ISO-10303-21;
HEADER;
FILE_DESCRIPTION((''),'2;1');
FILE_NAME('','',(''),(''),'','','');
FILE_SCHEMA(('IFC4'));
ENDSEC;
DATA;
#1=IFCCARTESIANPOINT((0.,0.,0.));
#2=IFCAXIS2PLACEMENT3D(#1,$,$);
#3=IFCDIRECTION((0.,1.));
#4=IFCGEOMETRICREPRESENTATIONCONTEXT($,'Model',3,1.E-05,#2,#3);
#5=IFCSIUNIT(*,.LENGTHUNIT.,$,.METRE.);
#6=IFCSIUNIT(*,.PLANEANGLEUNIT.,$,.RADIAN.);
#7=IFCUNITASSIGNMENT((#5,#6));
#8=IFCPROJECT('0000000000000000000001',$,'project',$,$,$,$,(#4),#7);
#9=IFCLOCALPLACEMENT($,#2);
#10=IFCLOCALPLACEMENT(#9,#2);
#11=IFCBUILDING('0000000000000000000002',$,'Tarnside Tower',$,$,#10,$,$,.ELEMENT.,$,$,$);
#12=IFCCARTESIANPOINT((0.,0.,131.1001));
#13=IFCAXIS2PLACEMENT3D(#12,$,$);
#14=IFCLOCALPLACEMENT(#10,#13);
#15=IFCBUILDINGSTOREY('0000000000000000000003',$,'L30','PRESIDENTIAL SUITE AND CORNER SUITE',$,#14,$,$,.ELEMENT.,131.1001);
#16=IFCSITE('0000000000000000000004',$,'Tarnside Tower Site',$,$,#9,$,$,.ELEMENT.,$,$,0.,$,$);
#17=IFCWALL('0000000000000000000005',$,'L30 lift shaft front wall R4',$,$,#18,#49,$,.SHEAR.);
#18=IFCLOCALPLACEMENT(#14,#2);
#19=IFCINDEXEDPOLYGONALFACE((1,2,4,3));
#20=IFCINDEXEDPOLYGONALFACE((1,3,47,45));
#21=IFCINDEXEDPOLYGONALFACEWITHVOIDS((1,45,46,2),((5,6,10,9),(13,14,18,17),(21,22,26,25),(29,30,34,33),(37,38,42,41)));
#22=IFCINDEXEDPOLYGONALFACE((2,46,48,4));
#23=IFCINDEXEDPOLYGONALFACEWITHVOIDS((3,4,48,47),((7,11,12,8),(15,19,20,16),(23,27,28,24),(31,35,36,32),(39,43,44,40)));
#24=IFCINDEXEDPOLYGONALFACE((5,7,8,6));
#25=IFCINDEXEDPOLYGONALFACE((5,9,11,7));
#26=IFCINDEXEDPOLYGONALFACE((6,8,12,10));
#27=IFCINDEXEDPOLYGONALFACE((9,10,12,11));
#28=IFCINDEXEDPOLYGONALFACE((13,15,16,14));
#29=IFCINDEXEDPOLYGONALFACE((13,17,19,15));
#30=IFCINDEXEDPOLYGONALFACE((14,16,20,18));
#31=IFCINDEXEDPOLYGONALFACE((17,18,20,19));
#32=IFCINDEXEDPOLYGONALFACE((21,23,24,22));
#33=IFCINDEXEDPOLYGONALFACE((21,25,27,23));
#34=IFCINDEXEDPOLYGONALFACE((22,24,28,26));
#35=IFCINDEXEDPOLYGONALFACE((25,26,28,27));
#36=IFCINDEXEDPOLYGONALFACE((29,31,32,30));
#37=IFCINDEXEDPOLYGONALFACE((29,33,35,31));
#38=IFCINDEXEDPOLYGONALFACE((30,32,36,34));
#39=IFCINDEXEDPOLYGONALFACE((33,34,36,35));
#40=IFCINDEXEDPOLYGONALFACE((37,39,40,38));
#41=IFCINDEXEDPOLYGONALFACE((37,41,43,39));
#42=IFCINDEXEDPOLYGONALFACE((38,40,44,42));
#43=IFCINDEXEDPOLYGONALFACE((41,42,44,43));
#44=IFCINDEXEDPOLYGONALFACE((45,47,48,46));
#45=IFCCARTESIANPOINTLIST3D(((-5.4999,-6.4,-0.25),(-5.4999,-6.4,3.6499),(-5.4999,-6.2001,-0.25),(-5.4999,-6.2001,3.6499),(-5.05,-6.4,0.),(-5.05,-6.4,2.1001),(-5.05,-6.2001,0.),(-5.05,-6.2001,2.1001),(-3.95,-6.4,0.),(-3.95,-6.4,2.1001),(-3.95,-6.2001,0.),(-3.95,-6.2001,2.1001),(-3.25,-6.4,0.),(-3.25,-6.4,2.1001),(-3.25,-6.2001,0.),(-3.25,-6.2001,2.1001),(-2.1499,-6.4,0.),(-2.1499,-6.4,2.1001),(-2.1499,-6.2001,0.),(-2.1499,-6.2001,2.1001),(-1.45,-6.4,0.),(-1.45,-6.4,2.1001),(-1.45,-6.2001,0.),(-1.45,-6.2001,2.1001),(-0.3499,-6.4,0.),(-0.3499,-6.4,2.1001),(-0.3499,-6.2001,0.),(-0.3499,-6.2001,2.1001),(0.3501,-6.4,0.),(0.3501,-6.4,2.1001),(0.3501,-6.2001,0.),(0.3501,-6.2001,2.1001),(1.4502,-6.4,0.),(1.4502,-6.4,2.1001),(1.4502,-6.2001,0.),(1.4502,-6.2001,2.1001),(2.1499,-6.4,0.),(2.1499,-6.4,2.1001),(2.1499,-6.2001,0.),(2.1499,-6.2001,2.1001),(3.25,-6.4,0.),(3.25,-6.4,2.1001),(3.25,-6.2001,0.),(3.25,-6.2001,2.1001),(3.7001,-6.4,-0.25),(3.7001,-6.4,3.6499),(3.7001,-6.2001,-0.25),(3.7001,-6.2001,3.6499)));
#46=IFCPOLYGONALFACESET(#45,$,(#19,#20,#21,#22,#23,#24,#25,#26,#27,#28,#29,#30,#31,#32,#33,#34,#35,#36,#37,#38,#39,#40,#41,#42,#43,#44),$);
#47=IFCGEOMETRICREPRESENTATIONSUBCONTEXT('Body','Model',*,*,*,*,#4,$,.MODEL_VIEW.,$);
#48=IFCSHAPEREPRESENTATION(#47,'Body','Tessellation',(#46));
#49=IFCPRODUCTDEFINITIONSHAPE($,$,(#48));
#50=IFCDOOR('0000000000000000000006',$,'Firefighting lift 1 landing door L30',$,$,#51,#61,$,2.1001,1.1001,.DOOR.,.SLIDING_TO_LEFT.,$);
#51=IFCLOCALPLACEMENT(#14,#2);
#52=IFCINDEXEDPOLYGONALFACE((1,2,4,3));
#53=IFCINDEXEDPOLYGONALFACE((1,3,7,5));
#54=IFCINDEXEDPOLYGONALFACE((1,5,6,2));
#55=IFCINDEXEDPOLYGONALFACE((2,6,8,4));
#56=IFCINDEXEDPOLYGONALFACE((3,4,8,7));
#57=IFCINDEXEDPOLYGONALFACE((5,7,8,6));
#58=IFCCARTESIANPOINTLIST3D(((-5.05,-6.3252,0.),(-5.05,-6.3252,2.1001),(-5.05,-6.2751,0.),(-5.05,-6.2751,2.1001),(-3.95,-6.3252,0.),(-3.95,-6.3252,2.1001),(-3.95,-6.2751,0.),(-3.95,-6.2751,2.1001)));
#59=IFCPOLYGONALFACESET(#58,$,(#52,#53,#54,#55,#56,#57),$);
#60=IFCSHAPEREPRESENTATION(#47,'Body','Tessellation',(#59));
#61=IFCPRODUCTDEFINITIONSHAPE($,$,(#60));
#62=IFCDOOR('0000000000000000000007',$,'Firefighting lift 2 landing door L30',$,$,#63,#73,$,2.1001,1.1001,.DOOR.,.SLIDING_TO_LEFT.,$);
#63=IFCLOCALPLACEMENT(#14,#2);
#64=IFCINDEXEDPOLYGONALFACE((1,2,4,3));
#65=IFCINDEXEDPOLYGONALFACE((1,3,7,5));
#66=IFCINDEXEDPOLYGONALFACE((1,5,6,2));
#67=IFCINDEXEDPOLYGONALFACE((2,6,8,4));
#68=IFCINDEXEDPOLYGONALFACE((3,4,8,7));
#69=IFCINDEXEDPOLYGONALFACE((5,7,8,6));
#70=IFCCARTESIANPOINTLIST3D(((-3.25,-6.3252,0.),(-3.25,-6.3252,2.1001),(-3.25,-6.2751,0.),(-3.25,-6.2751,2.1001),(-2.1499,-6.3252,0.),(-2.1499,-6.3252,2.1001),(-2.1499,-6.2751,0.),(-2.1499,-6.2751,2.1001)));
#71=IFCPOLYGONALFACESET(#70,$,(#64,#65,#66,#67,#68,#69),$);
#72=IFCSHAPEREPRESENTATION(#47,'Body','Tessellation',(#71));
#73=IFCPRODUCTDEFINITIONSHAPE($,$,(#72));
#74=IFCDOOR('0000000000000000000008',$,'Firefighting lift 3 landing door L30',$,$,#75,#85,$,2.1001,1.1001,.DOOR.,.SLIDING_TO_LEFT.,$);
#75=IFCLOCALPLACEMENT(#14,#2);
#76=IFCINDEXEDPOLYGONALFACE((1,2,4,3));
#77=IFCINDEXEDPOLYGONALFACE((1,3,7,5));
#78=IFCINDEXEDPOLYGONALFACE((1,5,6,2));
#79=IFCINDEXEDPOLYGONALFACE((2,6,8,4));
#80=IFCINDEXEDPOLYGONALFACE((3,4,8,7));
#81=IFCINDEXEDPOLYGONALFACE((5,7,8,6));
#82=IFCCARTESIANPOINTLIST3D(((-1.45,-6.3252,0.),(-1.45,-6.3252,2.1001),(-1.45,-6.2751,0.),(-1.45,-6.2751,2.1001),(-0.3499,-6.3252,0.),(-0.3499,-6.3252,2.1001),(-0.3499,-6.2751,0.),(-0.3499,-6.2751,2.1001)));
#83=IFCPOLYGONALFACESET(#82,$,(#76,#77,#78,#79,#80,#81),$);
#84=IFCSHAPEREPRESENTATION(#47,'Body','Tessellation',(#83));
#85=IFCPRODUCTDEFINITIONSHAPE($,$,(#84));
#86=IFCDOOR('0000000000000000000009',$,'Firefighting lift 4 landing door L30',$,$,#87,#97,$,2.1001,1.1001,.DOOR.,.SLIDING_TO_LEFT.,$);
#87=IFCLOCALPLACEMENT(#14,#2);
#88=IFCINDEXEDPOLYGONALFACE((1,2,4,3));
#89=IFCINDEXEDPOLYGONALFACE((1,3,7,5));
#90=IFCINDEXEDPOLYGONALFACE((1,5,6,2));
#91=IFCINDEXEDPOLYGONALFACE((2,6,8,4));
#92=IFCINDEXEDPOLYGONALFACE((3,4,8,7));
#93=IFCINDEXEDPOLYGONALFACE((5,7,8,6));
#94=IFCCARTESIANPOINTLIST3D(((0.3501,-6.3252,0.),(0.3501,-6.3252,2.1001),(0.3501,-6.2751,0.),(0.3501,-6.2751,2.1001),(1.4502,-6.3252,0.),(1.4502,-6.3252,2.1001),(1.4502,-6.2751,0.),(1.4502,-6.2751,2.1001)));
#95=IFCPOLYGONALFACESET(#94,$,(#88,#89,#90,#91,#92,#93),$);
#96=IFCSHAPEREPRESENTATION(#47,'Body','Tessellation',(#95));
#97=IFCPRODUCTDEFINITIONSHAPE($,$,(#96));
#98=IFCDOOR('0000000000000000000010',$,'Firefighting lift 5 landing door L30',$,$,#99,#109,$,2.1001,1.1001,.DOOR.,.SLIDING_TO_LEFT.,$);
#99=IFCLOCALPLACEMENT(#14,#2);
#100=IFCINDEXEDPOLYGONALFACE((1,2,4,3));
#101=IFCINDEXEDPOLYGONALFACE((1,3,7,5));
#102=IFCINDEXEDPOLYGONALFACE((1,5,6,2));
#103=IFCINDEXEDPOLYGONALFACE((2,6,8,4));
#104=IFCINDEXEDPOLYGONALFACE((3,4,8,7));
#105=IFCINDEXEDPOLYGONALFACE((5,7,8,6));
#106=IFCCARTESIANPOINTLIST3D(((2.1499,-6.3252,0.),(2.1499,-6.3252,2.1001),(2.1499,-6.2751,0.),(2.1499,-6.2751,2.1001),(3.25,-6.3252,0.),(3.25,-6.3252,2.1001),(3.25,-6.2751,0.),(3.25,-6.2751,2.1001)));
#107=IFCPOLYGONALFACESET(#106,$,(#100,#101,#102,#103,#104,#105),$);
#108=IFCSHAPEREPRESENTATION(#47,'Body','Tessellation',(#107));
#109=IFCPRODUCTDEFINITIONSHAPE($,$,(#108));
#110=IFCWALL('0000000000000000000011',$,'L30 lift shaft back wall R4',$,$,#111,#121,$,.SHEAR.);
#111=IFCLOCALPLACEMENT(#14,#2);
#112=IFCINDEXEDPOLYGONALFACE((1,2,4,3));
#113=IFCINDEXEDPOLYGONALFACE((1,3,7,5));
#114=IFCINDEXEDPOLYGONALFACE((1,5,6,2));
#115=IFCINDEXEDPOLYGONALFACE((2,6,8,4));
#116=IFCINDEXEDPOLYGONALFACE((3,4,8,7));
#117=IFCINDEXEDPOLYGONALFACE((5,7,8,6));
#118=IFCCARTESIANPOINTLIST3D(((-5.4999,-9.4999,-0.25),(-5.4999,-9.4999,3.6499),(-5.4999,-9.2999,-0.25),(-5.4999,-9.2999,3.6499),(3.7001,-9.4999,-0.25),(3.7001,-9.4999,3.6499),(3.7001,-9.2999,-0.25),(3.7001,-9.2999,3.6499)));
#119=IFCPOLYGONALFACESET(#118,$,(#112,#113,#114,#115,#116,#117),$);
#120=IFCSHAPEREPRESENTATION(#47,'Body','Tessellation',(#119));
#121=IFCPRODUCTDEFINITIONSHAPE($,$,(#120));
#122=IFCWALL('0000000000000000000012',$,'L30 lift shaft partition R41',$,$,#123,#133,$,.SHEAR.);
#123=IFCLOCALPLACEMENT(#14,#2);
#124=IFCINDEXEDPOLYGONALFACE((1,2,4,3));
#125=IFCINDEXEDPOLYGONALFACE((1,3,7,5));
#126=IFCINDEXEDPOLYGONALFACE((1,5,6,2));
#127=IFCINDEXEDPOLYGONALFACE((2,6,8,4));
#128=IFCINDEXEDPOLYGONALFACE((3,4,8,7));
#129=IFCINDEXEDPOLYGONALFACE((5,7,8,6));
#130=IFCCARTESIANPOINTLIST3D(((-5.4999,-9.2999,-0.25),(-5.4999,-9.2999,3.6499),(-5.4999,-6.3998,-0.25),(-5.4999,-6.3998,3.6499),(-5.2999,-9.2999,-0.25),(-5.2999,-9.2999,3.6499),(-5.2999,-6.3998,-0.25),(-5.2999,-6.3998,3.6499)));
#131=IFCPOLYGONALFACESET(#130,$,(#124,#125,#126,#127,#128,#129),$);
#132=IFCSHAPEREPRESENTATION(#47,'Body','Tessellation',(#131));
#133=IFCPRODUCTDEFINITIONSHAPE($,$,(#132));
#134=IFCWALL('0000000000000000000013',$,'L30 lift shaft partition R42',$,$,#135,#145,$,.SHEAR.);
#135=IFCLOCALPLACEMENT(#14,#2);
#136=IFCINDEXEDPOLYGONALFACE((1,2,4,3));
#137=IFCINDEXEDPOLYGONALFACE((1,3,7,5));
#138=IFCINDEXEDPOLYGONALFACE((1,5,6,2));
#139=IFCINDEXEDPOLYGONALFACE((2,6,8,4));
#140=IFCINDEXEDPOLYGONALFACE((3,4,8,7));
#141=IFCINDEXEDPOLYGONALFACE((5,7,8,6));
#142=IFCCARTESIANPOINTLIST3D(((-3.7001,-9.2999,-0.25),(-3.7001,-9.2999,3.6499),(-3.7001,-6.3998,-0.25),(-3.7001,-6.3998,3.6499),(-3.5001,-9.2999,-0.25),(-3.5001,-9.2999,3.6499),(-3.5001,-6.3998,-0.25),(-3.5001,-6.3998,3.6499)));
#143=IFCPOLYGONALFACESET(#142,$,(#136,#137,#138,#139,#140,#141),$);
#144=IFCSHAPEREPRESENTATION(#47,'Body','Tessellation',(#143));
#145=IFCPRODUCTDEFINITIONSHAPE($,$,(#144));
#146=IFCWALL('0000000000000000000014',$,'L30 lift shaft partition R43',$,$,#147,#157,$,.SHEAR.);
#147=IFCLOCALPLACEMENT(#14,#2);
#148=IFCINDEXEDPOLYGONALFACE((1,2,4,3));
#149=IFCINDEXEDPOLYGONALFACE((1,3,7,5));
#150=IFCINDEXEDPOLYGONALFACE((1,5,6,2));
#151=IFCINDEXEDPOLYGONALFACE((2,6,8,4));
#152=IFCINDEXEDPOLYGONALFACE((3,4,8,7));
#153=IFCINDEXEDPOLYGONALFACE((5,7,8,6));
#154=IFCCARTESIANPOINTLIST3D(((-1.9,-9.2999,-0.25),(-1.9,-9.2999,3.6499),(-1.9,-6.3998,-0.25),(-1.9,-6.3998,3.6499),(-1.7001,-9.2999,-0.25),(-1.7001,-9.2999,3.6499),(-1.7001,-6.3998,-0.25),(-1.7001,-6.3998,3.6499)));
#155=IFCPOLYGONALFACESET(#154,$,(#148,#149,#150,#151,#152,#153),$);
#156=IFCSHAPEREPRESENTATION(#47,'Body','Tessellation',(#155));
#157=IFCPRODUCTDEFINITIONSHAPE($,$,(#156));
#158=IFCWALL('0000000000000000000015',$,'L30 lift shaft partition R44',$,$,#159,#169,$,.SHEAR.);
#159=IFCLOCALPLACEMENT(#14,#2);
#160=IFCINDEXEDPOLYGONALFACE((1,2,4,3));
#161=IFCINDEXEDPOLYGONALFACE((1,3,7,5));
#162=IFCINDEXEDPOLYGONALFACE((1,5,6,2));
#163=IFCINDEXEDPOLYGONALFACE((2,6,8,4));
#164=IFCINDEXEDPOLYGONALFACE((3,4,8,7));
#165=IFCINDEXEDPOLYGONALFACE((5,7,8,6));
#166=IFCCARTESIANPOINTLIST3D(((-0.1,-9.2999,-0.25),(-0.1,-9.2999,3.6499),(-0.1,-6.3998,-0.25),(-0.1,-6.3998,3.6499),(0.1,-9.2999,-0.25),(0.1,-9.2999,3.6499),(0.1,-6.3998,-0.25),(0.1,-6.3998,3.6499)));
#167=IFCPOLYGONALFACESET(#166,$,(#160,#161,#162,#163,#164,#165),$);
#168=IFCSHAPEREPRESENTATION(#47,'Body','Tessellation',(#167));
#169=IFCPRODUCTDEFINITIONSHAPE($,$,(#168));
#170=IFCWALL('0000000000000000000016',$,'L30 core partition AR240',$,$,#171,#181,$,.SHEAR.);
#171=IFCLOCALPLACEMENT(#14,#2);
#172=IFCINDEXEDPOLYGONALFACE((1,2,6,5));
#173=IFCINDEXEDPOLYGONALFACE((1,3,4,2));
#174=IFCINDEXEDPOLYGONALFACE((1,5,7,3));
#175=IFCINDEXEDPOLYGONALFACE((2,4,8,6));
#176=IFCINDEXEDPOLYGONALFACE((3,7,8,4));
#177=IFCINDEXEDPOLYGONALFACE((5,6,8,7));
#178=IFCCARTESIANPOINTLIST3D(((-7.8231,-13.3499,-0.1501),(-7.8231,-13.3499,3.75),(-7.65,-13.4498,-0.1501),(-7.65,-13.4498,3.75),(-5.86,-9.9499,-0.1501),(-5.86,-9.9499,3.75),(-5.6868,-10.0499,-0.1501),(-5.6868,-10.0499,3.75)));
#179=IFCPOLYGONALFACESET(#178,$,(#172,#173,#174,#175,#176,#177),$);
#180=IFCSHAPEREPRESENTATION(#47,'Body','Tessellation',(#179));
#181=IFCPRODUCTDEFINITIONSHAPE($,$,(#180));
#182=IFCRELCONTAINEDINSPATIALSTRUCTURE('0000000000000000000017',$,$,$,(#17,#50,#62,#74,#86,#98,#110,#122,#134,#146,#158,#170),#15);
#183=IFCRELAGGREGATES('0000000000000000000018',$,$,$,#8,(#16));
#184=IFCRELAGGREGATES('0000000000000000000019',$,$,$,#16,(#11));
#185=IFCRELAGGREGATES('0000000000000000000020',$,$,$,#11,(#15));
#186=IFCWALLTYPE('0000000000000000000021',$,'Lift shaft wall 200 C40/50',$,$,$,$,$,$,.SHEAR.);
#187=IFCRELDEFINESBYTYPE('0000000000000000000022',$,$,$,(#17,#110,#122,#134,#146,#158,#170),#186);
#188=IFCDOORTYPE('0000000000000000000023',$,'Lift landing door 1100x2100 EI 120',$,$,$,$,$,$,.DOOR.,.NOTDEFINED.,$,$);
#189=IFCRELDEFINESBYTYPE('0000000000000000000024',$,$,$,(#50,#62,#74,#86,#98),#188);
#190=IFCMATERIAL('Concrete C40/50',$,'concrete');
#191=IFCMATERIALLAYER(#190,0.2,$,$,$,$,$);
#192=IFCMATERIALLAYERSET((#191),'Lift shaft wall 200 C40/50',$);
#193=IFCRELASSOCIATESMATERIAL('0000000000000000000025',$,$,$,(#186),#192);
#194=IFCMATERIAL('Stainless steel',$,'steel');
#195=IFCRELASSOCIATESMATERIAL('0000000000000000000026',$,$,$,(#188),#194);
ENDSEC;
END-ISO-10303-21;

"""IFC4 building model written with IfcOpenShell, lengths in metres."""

from ifc_helpers import new_model, si_unit, direction, frame, frame_2d, origin, place, context, subcontext, project, spatial, rectangle, extrude, material, layer, layer_set, type_object, element, fill, save


model = new_model("IFC4")

# Units and contexts
model_context = context("Model", 3, precision=1e-05, world=origin(), true_north=direction((0.0, 1.0)))
body_context = subcontext(model_context, "Body", "Model", "MODEL_VIEW")
ifc_project = project(units=[si_unit("LENGTHUNIT", "METRE"), si_unit("PLANEANGLEUNIT", "RADIAN")], contexts=[model_context])

# Site, building, storey
site_placement = place(None, origin())
site = spatial("IfcSite", under=ifc_project, at=site_placement, Name="Tarnside Tower Site", CompositionType="ELEMENT", RefElevation=0.0)
building_placement = place(site_placement, origin())
building = spatial("IfcBuilding", under=site, at=building_placement, Name="Tarnside Tower", CompositionType="ELEMENT")
storey_placement = place(building_placement, frame((0.0, 0.0, 131.1001)))
storey = spatial("IfcBuildingStorey", under=building, at=storey_placement, Name="L30", Description="PRESIDENTIAL SUITE AND CORNER SUITE", CompositionType="ELEMENT", Elevation=131.1001)

# Wall, openings, doors
ifc_material_1 = material(Name="Concrete C40/50", Category="concrete")
ifc_layer_1 = layer(ifc_material_1, 0.2)
ifc_layer_set_1 = layer_set([ifc_layer_1], Name="Lift shaft wall 200 C40/50")
wall_type_1 = type_object("IfcWallType", Name="Lift shaft wall 200 C40/50", PredefinedType="SHEAR", material=ifc_layer_set_1)
wall_1_placement = place(storey_placement, frame((-5.5, -6.3, -0.25), z_axis=(0.0, 0.0, 1.0), x_axis=(1.0, 0.0, 0.0)))
wall_1 = element("IfcWall", 1, at=wall_1_placement, inside=storey, type_object=wall_type_1, Name="L30 lift shaft front wall R4", PredefinedType="SHEAR", context=body_context, shape_type="SweptSolid", body=[
    extrude(rectangle(XDim=9.2, YDim=0.2, at=frame_2d((4.6001, 0.0))), origin(), (0.0, 0.0, 1.0), 3.8999),
])
opening_1_placement = place(wall_1_placement, frame((0.45, 0.0, 0.25)))
opening_1 = element("IfcOpeningElement", 2, at=opening_1_placement, cuts=wall_1, PredefinedType="OPENING", context=body_context, shape_type="SweptSolid", body=[
    extrude(rectangle(XDim=1.1001, YDim=2.1001, at=frame_2d((0.55, 1.05))), frame((0.0, 0.1099, 0.0), z_axis=(0.0, -1.0, 0.0), x_axis=(1.0, 0.0, 0.0)), (0.0, 0.0, 1.0), 0.22),
])
opening_2_placement = place(wall_1_placement, frame((2.25, 0.0, 0.25)))
opening_2 = element("IfcOpeningElement", 3, at=opening_2_placement, cuts=wall_1, PredefinedType="OPENING", context=body_context, shape_type="SweptSolid", body=[
    extrude(rectangle(XDim=1.1001, YDim=2.1001, at=frame_2d((0.55, 1.05))), frame((0.0, 0.1099, 0.0), z_axis=(0.0, -1.0, 0.0), x_axis=(1.0, 0.0, 0.0)), (0.0, 0.0, 1.0), 0.22),
])
opening_3_placement = place(wall_1_placement, frame((4.05, 0.0, 0.25)))
opening_3 = element("IfcOpeningElement", 4, at=opening_3_placement, cuts=wall_1, PredefinedType="OPENING", context=body_context, shape_type="SweptSolid", body=[
    extrude(rectangle(XDim=1.1001, YDim=2.1001, at=frame_2d((0.55, 1.05))), frame((0.0, 0.1099, 0.0), z_axis=(0.0, -1.0, 0.0), x_axis=(1.0, 0.0, 0.0)), (0.0, 0.0, 1.0), 0.22),
])
opening_4_placement = place(wall_1_placement, frame((5.8501, 0.0, 0.25)))
opening_4 = element("IfcOpeningElement", 5, at=opening_4_placement, cuts=wall_1, PredefinedType="OPENING", context=body_context, shape_type="SweptSolid", body=[
    extrude(rectangle(XDim=1.1001, YDim=2.1001, at=frame_2d((0.55, 1.05))), frame((0.0, 0.1099, 0.0), z_axis=(0.0, -1.0, 0.0), x_axis=(1.0, 0.0, 0.0)), (0.0, 0.0, 1.0), 0.22),
])
opening_5_placement = place(wall_1_placement, frame((7.6499, 0.0, 0.25)))
opening_5 = element("IfcOpeningElement", 6, at=opening_5_placement, cuts=wall_1, PredefinedType="OPENING", context=body_context, shape_type="SweptSolid", body=[
    extrude(rectangle(XDim=1.1001, YDim=2.1001, at=frame_2d((0.55, 1.05))), frame((0.0, 0.1099, 0.0), z_axis=(0.0, -1.0, 0.0), x_axis=(1.0, 0.0, 0.0)), (0.0, 0.0, 1.0), 0.22),
])
ifc_material_2 = material(Name="Stainless steel", Category="steel")
door_type_1 = type_object("IfcDoorType", Name="Lift landing door 1100x2100 EI 120", OperationType="NOTDEFINED", PredefinedType="DOOR", material=ifc_material_2)
door_1_placement = place(opening_1_placement, origin())
door_1 = element("IfcDoor", 7, at=door_1_placement, inside=storey, type_object=door_type_1, Name="Firefighting lift 1 landing door L30", OperationType="SLIDING_TO_LEFT", OverallHeight=2.1001, OverallWidth=1.1001, PredefinedType="DOOR", context=body_context, shape_type="SweptSolid", body=[
    extrude(rectangle(XDim=1.1001, YDim=2.1001, at=frame_2d((0.55, 1.05))), frame((0.0, 0.0249, 0.0), z_axis=(0.0, -1.0, 0.0), x_axis=(1.0, 0.0, 0.0)), (0.0, 0.0, 1.0), 0.05),
])
fill(opening_1, door_1)
door_2_placement = place(opening_2_placement, origin())
door_2 = element("IfcDoor", 8, at=door_2_placement, inside=storey, type_object=door_type_1, Name="Firefighting lift 2 landing door L30", OperationType="SLIDING_TO_LEFT", OverallHeight=2.1001, OverallWidth=1.1001, PredefinedType="DOOR", context=body_context, shape_type="SweptSolid", body=[
    extrude(rectangle(XDim=1.1001, YDim=2.1001, at=frame_2d((0.55, 1.05))), frame((0.0, 0.0249, 0.0), z_axis=(0.0, -1.0, 0.0), x_axis=(1.0, 0.0, 0.0)), (0.0, 0.0, 1.0), 0.05),
])
fill(opening_2, door_2)
door_3_placement = place(opening_3_placement, origin())
door_3 = element("IfcDoor", 9, at=door_3_placement, inside=storey, type_object=door_type_1, Name="Firefighting lift 3 landing door L30", OperationType="SLIDING_TO_LEFT", OverallHeight=2.1001, OverallWidth=1.1001, PredefinedType="DOOR", context=body_context, shape_type="SweptSolid", body=[
    extrude(rectangle(XDim=1.1001, YDim=2.1001, at=frame_2d((0.55, 1.05))), frame((0.0, 0.0249, 0.0), z_axis=(0.0, -1.0, 0.0), x_axis=(1.0, 0.0, 0.0)), (0.0, 0.0, 1.0), 0.05),
])
fill(opening_3, door_3)
door_4_placement = place(opening_4_placement, origin())
door_4 = element("IfcDoor", 10, at=door_4_placement, inside=storey, type_object=door_type_1, Name="Firefighting lift 4 landing door L30", OperationType="SLIDING_TO_LEFT", OverallHeight=2.1001, OverallWidth=1.1001, PredefinedType="DOOR", context=body_context, shape_type="SweptSolid", body=[
    extrude(rectangle(XDim=1.1001, YDim=2.1001, at=frame_2d((0.55, 1.05))), frame((0.0, 0.0249, 0.0), z_axis=(0.0, -1.0, 0.0), x_axis=(1.0, 0.0, 0.0)), (0.0, 0.0, 1.0), 0.05),
])
fill(opening_4, door_4)
door_5_placement = place(opening_5_placement, origin())
door_5 = element("IfcDoor", 11, at=door_5_placement, inside=storey, type_object=door_type_1, Name="Firefighting lift 5 landing door L30", OperationType="SLIDING_TO_LEFT", OverallHeight=2.1001, OverallWidth=1.1001, PredefinedType="DOOR", context=body_context, shape_type="SweptSolid", body=[
    extrude(rectangle(XDim=1.1001, YDim=2.1001, at=frame_2d((0.55, 1.05))), frame((0.0, 0.0249, 0.0), z_axis=(0.0, -1.0, 0.0), x_axis=(1.0, 0.0, 0.0)), (0.0, 0.0, 1.0), 0.05),
])
fill(opening_5, door_5)

# Walls
wall_2_placement = place(storey_placement, frame((-5.5, -9.3999, -0.25), z_axis=(0.0, 0.0, 1.0), x_axis=(1.0, 0.0, 0.0)))
element("IfcWall", 12, at=wall_2_placement, inside=storey, type_object=wall_type_1, Name="L30 lift shaft back wall R4", PredefinedType="SHEAR", context=body_context, shape_type="SweptSolid", body=[
    extrude(rectangle(XDim=9.2, YDim=0.2, at=frame_2d((4.6001, 0.0))), origin(), (0.0, 0.0, 1.0), 3.8999),
])
for number, where, z_axis, x_axis, name in (
    (13, (-5.3999, -9.3, -0.25), (0.0, 0.0, 1.0), (0.0, 1.0, 0.0), "L30 lift shaft partition R41"),
    (14, (-3.6001, -9.3, -0.25), (0.0, 0.0, 1.0), (0.0, 1.0, 0.0), "L30 lift shaft partition R42"),
    (15, (-1.8, -9.3, -0.25), (0.0, 0.0, 1.0), (0.0, 1.0, 0.0), "L30 lift shaft partition R43"),
    (16, (0.0, -9.3, -0.25), (0.0, 0.0, 1.0), (0.0, 1.0, 0.0), "L30 lift shaft partition R44"),
):
    element("IfcWall", number, at=place(storey_placement, frame(where, z_axis=z_axis, x_axis=x_axis)), inside=storey, type_object=wall_type_1, Name=name, PredefinedType="SHEAR", context=body_context, shape_type="SweptSolid", body=[
        extrude(rectangle(XDim=2.9001, YDim=0.2, at=frame_2d((1.4502, 0.0))), origin(), (0.0, 0.0, 1.0), 3.8999),
    ])
wall_3_placement = place(storey_placement, frame((-5.7734, -10.0, -0.1501), z_axis=(0.0, 0.0, 1.0), x_axis=(-0.500038, -0.866003, 0.0)))
element("IfcWall", 17, at=wall_3_placement, inside=storey, type_object=wall_type_1, Name="L30 core partition AR240", PredefinedType="SHEAR", context=body_context, shape_type="SweptSolid", body=[
    extrude(rectangle(XDim=3.926, YDim=0.2, at=frame_2d((1.9629, 0.0))), origin(), (0.0, 0.0, 1.0), 3.9001),
])

save(model, "model.ifc")
